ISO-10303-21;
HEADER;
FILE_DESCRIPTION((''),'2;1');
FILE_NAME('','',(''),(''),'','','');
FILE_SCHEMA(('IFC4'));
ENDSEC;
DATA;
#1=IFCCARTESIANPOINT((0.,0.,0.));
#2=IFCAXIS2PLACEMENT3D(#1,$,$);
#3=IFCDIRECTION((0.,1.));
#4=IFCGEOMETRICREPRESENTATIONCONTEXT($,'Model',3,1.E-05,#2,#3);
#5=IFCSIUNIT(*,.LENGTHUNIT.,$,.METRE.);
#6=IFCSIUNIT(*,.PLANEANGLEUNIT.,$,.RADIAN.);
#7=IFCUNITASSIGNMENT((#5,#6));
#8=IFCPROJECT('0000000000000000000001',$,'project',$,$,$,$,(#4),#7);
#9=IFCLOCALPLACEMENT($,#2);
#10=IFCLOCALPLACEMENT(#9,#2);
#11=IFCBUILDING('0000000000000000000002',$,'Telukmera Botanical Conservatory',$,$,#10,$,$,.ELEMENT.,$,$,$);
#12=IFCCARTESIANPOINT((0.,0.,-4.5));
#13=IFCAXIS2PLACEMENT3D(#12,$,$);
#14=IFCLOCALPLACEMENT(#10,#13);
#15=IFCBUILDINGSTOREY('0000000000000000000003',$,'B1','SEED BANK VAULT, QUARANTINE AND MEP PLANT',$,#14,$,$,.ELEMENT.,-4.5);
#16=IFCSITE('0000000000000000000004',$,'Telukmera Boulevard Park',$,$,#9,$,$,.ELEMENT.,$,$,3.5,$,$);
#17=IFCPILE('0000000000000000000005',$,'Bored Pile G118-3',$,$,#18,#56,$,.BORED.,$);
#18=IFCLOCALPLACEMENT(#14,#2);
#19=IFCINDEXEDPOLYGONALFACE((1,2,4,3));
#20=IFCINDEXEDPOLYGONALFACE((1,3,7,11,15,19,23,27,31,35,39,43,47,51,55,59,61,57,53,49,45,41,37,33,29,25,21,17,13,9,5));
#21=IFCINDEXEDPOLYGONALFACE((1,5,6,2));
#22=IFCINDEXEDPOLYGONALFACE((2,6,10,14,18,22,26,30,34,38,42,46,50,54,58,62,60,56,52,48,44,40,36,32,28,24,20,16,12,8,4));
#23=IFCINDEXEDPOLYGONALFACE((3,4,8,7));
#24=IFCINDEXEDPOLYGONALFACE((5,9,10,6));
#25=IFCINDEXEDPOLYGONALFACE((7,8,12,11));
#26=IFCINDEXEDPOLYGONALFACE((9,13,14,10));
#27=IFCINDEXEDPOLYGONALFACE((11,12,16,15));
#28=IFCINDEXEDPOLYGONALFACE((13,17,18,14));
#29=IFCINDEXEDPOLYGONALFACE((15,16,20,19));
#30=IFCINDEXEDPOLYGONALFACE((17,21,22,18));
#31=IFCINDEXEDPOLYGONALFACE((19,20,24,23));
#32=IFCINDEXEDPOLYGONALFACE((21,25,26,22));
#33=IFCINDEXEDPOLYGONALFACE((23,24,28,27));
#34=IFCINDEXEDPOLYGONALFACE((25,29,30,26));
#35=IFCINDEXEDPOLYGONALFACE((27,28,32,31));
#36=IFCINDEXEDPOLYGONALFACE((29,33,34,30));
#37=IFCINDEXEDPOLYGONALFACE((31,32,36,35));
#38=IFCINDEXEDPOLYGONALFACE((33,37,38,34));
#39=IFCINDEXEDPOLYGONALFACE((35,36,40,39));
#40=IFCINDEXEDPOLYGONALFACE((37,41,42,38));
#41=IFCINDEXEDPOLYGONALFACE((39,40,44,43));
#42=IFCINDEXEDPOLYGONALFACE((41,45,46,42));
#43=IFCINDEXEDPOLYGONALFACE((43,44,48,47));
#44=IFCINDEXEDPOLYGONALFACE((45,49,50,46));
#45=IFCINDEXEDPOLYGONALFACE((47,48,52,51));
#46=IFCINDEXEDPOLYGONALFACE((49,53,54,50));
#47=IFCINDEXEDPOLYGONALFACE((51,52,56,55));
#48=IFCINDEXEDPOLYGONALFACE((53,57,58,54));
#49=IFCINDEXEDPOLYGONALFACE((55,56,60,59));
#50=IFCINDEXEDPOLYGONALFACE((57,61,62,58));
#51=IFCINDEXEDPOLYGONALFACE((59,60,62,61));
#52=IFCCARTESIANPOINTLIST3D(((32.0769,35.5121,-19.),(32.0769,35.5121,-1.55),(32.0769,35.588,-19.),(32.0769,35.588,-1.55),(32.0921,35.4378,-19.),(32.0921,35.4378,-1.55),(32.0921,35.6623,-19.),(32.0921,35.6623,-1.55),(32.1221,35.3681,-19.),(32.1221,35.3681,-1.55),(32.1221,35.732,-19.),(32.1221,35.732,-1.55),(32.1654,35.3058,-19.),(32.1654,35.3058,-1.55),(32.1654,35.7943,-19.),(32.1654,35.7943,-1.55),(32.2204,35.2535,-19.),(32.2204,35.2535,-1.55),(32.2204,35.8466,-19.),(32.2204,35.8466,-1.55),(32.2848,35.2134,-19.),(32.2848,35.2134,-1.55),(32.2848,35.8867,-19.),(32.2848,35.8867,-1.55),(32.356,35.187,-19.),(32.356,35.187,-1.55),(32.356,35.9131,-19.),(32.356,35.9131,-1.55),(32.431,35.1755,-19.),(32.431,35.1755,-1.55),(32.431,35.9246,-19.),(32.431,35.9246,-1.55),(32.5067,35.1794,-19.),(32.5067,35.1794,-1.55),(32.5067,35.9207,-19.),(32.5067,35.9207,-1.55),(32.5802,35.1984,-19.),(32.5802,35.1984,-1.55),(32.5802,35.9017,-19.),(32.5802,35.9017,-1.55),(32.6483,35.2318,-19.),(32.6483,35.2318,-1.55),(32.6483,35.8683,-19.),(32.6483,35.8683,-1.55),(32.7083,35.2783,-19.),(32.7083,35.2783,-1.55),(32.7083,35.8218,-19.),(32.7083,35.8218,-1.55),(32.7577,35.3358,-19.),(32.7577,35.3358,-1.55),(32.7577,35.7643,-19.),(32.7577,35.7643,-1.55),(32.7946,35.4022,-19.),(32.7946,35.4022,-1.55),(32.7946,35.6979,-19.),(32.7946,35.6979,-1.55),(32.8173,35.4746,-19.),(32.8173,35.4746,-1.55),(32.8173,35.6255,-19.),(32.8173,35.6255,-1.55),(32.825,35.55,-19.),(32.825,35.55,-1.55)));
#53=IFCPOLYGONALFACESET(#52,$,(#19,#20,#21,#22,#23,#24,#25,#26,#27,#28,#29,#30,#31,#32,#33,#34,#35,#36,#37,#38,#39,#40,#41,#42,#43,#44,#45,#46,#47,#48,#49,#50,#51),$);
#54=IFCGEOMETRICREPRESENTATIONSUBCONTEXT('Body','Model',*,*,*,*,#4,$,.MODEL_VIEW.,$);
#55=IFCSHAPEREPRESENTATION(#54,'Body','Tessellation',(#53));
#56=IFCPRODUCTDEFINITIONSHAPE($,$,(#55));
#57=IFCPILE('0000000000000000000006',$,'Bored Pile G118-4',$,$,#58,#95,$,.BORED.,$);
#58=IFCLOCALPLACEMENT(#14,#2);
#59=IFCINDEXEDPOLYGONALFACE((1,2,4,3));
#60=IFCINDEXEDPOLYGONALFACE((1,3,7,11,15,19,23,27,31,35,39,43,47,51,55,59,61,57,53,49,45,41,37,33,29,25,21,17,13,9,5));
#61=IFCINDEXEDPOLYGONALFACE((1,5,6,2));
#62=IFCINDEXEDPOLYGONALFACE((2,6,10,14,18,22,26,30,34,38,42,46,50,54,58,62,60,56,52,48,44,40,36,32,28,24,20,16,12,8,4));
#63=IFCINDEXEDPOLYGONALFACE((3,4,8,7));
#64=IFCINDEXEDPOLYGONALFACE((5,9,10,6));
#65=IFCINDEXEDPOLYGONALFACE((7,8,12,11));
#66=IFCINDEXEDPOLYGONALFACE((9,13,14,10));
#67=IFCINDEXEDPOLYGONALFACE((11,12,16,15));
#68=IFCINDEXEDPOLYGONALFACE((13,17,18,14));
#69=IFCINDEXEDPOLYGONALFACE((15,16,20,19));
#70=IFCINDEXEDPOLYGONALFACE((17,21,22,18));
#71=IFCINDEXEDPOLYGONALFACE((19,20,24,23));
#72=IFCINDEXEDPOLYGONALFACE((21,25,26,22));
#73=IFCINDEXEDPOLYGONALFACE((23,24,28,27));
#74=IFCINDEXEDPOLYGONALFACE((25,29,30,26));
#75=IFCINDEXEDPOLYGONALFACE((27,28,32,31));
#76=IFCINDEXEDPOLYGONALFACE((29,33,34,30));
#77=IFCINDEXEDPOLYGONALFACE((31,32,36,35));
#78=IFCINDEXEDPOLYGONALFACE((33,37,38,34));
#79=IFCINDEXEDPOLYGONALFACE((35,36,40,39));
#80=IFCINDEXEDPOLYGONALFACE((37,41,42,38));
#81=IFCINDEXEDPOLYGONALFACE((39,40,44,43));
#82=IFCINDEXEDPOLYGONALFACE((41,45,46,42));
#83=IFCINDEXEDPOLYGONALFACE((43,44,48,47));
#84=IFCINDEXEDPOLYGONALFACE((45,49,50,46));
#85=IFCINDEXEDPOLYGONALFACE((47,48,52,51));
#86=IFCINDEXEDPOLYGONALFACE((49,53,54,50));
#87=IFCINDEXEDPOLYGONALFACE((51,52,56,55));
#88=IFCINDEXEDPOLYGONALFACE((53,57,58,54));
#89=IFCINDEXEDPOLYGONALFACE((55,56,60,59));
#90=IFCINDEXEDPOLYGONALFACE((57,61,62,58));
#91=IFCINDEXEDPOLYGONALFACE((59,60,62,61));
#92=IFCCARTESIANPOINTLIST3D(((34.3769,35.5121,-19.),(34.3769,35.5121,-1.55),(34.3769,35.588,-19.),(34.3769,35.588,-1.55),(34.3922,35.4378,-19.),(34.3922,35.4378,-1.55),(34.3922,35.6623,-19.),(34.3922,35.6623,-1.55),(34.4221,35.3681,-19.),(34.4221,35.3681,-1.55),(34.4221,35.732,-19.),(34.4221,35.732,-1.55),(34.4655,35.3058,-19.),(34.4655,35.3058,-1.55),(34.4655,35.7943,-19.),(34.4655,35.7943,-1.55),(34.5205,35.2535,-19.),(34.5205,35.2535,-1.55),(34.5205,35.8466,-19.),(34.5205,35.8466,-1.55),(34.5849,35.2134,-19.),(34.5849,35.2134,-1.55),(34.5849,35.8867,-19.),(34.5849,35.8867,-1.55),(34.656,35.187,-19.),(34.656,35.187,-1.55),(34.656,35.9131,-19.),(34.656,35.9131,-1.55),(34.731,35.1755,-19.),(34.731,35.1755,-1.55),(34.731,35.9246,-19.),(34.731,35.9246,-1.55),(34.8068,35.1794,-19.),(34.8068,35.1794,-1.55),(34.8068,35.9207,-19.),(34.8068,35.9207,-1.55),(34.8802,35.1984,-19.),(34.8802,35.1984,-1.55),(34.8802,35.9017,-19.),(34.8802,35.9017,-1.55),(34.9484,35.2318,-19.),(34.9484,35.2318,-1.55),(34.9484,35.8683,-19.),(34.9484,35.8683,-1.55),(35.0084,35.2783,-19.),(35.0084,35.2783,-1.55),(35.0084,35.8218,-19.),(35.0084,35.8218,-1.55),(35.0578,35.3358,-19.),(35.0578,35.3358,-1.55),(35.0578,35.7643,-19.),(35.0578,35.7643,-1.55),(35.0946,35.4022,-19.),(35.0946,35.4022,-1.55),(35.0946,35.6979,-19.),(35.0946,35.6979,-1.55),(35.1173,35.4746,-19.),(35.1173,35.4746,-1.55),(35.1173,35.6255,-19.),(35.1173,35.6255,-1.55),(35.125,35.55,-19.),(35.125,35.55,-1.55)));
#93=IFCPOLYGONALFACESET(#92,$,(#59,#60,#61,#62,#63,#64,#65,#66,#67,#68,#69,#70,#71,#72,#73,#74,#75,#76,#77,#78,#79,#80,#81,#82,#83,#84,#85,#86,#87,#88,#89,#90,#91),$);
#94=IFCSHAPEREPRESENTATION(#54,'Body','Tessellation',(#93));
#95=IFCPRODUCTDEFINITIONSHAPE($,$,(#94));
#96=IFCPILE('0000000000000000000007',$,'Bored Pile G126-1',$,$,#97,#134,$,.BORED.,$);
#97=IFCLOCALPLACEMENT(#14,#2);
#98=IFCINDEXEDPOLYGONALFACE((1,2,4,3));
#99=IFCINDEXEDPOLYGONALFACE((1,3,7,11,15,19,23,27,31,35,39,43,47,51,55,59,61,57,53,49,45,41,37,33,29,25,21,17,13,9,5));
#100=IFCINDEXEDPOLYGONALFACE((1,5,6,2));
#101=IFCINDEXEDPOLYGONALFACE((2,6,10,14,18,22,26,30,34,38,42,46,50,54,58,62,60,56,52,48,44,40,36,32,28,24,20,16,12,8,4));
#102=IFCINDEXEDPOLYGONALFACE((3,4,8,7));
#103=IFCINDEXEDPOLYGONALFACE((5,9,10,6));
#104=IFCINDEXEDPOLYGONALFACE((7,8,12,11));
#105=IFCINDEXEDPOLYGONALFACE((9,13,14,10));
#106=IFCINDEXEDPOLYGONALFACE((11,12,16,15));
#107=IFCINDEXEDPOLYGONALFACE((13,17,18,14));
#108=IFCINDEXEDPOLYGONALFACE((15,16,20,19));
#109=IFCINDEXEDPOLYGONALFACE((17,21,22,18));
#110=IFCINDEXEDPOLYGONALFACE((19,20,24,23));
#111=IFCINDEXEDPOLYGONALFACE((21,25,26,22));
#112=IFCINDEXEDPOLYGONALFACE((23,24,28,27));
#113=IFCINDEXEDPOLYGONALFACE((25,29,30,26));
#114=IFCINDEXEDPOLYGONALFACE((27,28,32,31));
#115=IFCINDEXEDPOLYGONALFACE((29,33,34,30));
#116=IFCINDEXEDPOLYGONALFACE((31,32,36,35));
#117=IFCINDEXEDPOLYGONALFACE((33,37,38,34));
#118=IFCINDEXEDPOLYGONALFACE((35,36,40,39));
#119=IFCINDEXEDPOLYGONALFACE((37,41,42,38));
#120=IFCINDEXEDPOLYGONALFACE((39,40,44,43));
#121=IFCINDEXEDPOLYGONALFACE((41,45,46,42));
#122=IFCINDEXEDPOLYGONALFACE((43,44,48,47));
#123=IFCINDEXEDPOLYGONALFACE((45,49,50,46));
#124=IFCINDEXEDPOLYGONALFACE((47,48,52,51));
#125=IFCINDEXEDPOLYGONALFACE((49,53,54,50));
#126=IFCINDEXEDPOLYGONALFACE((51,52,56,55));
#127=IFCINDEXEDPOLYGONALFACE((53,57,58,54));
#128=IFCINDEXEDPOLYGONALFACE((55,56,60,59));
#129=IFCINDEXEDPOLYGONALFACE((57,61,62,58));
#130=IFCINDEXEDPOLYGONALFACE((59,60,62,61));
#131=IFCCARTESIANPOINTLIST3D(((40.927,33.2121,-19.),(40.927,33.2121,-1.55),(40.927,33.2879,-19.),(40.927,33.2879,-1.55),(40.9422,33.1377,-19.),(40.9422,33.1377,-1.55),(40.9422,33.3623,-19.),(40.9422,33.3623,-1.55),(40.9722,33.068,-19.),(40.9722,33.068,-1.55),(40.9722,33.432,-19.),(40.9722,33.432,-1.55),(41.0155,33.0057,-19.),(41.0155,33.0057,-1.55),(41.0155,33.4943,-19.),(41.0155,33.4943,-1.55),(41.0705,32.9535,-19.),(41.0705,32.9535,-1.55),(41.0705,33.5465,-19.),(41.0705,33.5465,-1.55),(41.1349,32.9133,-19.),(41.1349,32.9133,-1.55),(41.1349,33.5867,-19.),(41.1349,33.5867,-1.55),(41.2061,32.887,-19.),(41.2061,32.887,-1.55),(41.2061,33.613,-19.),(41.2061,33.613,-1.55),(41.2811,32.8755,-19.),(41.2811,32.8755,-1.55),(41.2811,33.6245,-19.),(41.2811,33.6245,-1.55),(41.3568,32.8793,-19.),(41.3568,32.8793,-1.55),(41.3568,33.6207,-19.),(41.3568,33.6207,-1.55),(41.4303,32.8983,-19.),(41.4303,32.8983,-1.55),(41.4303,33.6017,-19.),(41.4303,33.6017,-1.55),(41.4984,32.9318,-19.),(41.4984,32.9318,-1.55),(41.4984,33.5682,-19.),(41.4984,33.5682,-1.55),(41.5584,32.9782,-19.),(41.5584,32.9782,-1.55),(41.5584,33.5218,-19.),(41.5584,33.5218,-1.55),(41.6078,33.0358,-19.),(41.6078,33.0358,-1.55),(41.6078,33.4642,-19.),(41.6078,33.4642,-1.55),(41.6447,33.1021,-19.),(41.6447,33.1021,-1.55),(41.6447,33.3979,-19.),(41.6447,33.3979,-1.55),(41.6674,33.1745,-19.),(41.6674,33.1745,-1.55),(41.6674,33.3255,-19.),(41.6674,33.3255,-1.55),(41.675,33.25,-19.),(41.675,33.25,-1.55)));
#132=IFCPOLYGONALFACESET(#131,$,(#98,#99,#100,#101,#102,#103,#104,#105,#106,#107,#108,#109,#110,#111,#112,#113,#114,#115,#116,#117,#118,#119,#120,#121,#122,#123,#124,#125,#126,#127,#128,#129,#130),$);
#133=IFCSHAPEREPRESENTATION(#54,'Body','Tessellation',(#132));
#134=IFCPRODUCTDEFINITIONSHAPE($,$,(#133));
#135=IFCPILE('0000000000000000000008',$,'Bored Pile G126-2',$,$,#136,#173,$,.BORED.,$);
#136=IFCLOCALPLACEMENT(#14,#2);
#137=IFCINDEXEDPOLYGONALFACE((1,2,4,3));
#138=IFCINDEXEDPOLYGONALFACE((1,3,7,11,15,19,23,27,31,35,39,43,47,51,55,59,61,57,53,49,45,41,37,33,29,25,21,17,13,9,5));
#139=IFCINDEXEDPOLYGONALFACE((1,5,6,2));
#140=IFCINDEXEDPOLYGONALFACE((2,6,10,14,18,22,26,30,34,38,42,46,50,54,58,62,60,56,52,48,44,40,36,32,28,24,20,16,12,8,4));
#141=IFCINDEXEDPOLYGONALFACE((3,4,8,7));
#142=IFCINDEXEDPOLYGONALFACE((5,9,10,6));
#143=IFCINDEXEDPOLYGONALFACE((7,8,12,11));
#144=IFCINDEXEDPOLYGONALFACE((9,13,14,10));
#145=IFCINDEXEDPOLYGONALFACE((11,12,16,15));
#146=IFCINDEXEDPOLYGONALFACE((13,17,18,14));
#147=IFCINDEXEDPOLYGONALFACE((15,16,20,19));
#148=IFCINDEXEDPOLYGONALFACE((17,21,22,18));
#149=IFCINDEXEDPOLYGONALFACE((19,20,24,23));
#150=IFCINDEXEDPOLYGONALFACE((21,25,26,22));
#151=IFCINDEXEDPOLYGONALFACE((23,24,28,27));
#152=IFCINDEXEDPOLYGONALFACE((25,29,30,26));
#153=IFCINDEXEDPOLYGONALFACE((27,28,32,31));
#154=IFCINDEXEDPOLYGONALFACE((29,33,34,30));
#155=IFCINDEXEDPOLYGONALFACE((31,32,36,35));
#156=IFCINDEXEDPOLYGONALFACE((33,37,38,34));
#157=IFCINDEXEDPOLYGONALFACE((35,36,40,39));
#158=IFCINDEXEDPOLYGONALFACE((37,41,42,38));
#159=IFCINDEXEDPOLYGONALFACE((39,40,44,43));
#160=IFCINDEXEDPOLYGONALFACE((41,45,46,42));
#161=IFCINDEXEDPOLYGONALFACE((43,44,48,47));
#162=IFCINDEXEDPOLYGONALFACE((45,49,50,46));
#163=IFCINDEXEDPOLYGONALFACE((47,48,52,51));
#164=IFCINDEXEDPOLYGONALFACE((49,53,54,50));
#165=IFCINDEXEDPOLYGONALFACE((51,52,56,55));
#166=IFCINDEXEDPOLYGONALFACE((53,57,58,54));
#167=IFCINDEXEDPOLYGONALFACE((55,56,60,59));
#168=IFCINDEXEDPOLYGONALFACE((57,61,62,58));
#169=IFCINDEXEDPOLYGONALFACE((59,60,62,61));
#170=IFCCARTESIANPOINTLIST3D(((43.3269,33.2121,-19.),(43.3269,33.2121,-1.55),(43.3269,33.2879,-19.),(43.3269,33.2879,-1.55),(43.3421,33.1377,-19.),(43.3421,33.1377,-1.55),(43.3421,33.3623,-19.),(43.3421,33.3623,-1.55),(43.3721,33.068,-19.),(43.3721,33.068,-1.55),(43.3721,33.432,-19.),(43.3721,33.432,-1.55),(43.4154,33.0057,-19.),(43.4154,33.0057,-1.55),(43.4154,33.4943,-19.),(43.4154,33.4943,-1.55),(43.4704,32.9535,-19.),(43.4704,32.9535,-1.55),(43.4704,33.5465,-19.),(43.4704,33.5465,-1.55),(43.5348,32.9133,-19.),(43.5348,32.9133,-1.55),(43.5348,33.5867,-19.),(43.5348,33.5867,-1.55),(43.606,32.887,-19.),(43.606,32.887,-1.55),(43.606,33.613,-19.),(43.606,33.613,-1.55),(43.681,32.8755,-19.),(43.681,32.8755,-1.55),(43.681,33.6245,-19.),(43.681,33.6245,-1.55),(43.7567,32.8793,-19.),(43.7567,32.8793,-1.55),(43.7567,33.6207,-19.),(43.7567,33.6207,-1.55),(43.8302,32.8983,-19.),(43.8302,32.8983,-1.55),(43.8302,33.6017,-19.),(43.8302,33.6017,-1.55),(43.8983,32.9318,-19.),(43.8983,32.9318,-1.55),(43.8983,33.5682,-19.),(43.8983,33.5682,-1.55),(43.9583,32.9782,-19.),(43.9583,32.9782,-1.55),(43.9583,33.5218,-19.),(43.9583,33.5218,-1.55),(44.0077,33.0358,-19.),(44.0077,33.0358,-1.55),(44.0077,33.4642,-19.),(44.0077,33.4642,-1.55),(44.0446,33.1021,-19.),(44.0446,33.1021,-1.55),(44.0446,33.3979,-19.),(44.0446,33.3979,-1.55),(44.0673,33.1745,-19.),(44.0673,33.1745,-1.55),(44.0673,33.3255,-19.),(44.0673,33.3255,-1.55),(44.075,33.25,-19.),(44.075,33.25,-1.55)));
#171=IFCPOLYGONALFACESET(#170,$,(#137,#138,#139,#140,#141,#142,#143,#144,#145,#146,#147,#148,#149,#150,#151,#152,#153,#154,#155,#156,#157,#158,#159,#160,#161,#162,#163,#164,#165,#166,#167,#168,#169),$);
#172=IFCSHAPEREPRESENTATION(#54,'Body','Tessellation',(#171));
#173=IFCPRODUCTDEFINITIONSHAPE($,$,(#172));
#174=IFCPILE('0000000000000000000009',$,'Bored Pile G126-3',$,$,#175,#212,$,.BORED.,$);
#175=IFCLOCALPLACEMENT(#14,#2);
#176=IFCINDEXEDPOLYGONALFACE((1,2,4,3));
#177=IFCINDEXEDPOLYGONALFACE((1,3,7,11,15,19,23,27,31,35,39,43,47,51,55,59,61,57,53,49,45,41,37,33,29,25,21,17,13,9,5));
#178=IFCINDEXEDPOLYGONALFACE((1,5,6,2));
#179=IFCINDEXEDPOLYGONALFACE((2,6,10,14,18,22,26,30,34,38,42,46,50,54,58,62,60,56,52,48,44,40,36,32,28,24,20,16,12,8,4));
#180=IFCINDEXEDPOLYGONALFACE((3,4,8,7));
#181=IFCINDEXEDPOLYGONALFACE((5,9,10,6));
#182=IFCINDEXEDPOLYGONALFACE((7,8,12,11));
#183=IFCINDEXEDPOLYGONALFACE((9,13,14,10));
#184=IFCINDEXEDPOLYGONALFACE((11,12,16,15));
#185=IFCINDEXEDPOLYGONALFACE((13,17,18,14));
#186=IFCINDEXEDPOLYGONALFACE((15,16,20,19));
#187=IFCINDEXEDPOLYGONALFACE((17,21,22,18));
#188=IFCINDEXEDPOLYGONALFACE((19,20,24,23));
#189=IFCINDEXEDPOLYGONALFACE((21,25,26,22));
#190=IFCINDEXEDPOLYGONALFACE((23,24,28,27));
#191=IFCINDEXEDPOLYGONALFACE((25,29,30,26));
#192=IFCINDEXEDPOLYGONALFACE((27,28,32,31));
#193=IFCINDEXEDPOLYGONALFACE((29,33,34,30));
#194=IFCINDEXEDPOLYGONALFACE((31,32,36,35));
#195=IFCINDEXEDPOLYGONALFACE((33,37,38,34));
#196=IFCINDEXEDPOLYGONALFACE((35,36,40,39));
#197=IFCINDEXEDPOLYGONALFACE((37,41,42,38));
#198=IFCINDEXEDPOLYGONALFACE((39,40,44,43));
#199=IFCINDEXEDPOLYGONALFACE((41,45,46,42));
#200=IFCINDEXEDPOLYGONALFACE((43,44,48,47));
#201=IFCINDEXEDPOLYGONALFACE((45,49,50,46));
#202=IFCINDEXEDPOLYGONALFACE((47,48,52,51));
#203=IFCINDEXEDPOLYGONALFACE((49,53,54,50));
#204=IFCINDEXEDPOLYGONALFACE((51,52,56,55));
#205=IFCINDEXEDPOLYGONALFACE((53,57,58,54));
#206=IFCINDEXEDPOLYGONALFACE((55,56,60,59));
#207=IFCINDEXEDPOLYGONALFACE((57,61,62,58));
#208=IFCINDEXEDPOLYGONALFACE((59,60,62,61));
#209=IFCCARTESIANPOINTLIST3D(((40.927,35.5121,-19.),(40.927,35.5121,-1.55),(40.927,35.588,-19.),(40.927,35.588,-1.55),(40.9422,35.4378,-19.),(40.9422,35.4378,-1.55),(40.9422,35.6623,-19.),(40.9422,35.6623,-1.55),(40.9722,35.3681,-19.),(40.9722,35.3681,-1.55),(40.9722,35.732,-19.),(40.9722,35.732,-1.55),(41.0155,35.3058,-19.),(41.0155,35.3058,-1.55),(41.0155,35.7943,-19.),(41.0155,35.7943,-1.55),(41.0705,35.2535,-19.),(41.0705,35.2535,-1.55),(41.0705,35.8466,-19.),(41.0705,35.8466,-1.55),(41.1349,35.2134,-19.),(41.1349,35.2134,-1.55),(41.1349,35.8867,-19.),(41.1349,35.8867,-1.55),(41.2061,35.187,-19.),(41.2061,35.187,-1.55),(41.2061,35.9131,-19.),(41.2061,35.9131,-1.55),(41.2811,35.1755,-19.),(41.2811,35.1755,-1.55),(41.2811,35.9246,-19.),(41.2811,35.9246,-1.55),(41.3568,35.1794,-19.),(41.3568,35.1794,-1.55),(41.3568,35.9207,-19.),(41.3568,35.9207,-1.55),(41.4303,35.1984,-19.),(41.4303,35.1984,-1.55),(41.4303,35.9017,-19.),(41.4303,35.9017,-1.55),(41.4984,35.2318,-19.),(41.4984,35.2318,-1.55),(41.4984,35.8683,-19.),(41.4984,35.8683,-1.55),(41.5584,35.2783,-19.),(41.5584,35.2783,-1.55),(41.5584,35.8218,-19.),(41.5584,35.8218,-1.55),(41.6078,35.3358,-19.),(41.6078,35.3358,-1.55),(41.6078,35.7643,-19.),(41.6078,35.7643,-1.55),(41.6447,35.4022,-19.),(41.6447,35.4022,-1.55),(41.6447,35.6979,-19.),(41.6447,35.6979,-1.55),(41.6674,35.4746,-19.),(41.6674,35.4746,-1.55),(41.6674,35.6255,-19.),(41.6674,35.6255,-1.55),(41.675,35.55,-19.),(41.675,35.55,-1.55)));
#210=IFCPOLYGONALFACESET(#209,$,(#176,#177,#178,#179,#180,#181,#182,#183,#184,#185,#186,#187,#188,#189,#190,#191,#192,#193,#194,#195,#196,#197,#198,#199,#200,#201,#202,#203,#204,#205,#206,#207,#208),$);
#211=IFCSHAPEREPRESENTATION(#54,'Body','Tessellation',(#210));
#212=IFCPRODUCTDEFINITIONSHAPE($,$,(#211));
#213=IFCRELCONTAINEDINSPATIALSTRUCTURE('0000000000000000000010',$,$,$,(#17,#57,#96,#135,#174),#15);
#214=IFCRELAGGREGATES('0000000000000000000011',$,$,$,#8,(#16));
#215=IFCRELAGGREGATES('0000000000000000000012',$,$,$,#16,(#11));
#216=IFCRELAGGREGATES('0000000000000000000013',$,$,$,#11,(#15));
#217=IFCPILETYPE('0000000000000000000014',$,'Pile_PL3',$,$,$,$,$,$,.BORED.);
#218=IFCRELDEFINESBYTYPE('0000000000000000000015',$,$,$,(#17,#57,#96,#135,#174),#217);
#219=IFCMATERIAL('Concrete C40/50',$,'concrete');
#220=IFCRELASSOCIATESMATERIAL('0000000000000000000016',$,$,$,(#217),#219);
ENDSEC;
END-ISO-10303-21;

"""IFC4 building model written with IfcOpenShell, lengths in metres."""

from ifc_helpers import new_model, si_unit, direction, frame, origin, origin_2d, place, context, subcontext, project, spatial, circle, extrude, material, material_profile, profile_set, type_object, element, save


model = new_model("IFC4")

# Units and contexts
model_context = context("Model", 3, precision=1e-05, world=origin(), true_north=direction((0.0, 1.0)))
body_context = subcontext(model_context, "Body", "Model", "MODEL_VIEW")
ifc_project = project(units=[si_unit("LENGTHUNIT", "METRE"), si_unit("PLANEANGLEUNIT", "RADIAN")], contexts=[model_context])

# Site, building, storey
site_placement = place(None, origin())
site = spatial("IfcSite", under=ifc_project, at=site_placement, Name="Telukmera Boulevard Park", CompositionType="ELEMENT", RefElevation=3.5)
building_placement = place(site_placement, origin())
building = spatial("IfcBuilding", under=site, at=building_placement, Name="Telukmera Botanical Conservatory", CompositionType="ELEMENT")
storey_placement = place(building_placement, frame((0.0, 0.0, -4.5)))
storey = spatial("IfcBuildingStorey", under=building, at=storey_placement, Name="B1", Description="SEED BANK VAULT, QUARANTINE AND MEP PLANT", CompositionType="ELEMENT", Elevation=-4.5)

# Shared definitions
ifc_material_1 = material(Name="Concrete C40/50", Category="concrete")

# Piles
ifc_material_profile_1 = material_profile(ifc_material_1, circle(Radius=0.375, at=origin_2d()), Name="PILE D750")
ifc_profile_set_1 = profile_set([ifc_material_profile_1], Name="Concrete C40/50")
pile_type_1 = type_object("IfcPileType", Name="Pile_PL3", PredefinedType="BORED", material=ifc_profile_set_1)
for number, where, z_axis, x_axis, name in (
    (1, (32.45, 35.55, -1.55), (0.0, 0.0, -1.0), (1.0, 0.0, 0.0), "Bored Pile G118-3"),
    (2, (34.75, 35.55, -1.55), (0.0, 0.0, -1.0), (1.0, 0.0, 0.0), "Bored Pile G118-4"),
    (3, (41.3, 33.25, -1.55), (0.0, 0.0, -1.0), (1.0, 0.0, 0.0), "Bored Pile G126-1"),
    (4, (43.7, 33.25, -1.55), (0.0, 0.0, -1.0), (1.0, 0.0, 0.0), "Bored Pile G126-2"),
    (5, (41.3, 35.55, -1.55), (0.0, 0.0, -1.0), (1.0, 0.0, 0.0), "Bored Pile G126-3"),
):
    element("IfcPile", number, at=place(storey_placement, frame(where, z_axis=z_axis, x_axis=x_axis)), inside=storey, type_object=pile_type_1, Name=name, PredefinedType="BORED", context=body_context, shape_type="SweptSolid", body=[
        extrude(circle(Radius=0.375, at=origin_2d()), origin(), (0.0, 0.0, 1.0), 17.45),
    ])

save(model, "model.ifc")
